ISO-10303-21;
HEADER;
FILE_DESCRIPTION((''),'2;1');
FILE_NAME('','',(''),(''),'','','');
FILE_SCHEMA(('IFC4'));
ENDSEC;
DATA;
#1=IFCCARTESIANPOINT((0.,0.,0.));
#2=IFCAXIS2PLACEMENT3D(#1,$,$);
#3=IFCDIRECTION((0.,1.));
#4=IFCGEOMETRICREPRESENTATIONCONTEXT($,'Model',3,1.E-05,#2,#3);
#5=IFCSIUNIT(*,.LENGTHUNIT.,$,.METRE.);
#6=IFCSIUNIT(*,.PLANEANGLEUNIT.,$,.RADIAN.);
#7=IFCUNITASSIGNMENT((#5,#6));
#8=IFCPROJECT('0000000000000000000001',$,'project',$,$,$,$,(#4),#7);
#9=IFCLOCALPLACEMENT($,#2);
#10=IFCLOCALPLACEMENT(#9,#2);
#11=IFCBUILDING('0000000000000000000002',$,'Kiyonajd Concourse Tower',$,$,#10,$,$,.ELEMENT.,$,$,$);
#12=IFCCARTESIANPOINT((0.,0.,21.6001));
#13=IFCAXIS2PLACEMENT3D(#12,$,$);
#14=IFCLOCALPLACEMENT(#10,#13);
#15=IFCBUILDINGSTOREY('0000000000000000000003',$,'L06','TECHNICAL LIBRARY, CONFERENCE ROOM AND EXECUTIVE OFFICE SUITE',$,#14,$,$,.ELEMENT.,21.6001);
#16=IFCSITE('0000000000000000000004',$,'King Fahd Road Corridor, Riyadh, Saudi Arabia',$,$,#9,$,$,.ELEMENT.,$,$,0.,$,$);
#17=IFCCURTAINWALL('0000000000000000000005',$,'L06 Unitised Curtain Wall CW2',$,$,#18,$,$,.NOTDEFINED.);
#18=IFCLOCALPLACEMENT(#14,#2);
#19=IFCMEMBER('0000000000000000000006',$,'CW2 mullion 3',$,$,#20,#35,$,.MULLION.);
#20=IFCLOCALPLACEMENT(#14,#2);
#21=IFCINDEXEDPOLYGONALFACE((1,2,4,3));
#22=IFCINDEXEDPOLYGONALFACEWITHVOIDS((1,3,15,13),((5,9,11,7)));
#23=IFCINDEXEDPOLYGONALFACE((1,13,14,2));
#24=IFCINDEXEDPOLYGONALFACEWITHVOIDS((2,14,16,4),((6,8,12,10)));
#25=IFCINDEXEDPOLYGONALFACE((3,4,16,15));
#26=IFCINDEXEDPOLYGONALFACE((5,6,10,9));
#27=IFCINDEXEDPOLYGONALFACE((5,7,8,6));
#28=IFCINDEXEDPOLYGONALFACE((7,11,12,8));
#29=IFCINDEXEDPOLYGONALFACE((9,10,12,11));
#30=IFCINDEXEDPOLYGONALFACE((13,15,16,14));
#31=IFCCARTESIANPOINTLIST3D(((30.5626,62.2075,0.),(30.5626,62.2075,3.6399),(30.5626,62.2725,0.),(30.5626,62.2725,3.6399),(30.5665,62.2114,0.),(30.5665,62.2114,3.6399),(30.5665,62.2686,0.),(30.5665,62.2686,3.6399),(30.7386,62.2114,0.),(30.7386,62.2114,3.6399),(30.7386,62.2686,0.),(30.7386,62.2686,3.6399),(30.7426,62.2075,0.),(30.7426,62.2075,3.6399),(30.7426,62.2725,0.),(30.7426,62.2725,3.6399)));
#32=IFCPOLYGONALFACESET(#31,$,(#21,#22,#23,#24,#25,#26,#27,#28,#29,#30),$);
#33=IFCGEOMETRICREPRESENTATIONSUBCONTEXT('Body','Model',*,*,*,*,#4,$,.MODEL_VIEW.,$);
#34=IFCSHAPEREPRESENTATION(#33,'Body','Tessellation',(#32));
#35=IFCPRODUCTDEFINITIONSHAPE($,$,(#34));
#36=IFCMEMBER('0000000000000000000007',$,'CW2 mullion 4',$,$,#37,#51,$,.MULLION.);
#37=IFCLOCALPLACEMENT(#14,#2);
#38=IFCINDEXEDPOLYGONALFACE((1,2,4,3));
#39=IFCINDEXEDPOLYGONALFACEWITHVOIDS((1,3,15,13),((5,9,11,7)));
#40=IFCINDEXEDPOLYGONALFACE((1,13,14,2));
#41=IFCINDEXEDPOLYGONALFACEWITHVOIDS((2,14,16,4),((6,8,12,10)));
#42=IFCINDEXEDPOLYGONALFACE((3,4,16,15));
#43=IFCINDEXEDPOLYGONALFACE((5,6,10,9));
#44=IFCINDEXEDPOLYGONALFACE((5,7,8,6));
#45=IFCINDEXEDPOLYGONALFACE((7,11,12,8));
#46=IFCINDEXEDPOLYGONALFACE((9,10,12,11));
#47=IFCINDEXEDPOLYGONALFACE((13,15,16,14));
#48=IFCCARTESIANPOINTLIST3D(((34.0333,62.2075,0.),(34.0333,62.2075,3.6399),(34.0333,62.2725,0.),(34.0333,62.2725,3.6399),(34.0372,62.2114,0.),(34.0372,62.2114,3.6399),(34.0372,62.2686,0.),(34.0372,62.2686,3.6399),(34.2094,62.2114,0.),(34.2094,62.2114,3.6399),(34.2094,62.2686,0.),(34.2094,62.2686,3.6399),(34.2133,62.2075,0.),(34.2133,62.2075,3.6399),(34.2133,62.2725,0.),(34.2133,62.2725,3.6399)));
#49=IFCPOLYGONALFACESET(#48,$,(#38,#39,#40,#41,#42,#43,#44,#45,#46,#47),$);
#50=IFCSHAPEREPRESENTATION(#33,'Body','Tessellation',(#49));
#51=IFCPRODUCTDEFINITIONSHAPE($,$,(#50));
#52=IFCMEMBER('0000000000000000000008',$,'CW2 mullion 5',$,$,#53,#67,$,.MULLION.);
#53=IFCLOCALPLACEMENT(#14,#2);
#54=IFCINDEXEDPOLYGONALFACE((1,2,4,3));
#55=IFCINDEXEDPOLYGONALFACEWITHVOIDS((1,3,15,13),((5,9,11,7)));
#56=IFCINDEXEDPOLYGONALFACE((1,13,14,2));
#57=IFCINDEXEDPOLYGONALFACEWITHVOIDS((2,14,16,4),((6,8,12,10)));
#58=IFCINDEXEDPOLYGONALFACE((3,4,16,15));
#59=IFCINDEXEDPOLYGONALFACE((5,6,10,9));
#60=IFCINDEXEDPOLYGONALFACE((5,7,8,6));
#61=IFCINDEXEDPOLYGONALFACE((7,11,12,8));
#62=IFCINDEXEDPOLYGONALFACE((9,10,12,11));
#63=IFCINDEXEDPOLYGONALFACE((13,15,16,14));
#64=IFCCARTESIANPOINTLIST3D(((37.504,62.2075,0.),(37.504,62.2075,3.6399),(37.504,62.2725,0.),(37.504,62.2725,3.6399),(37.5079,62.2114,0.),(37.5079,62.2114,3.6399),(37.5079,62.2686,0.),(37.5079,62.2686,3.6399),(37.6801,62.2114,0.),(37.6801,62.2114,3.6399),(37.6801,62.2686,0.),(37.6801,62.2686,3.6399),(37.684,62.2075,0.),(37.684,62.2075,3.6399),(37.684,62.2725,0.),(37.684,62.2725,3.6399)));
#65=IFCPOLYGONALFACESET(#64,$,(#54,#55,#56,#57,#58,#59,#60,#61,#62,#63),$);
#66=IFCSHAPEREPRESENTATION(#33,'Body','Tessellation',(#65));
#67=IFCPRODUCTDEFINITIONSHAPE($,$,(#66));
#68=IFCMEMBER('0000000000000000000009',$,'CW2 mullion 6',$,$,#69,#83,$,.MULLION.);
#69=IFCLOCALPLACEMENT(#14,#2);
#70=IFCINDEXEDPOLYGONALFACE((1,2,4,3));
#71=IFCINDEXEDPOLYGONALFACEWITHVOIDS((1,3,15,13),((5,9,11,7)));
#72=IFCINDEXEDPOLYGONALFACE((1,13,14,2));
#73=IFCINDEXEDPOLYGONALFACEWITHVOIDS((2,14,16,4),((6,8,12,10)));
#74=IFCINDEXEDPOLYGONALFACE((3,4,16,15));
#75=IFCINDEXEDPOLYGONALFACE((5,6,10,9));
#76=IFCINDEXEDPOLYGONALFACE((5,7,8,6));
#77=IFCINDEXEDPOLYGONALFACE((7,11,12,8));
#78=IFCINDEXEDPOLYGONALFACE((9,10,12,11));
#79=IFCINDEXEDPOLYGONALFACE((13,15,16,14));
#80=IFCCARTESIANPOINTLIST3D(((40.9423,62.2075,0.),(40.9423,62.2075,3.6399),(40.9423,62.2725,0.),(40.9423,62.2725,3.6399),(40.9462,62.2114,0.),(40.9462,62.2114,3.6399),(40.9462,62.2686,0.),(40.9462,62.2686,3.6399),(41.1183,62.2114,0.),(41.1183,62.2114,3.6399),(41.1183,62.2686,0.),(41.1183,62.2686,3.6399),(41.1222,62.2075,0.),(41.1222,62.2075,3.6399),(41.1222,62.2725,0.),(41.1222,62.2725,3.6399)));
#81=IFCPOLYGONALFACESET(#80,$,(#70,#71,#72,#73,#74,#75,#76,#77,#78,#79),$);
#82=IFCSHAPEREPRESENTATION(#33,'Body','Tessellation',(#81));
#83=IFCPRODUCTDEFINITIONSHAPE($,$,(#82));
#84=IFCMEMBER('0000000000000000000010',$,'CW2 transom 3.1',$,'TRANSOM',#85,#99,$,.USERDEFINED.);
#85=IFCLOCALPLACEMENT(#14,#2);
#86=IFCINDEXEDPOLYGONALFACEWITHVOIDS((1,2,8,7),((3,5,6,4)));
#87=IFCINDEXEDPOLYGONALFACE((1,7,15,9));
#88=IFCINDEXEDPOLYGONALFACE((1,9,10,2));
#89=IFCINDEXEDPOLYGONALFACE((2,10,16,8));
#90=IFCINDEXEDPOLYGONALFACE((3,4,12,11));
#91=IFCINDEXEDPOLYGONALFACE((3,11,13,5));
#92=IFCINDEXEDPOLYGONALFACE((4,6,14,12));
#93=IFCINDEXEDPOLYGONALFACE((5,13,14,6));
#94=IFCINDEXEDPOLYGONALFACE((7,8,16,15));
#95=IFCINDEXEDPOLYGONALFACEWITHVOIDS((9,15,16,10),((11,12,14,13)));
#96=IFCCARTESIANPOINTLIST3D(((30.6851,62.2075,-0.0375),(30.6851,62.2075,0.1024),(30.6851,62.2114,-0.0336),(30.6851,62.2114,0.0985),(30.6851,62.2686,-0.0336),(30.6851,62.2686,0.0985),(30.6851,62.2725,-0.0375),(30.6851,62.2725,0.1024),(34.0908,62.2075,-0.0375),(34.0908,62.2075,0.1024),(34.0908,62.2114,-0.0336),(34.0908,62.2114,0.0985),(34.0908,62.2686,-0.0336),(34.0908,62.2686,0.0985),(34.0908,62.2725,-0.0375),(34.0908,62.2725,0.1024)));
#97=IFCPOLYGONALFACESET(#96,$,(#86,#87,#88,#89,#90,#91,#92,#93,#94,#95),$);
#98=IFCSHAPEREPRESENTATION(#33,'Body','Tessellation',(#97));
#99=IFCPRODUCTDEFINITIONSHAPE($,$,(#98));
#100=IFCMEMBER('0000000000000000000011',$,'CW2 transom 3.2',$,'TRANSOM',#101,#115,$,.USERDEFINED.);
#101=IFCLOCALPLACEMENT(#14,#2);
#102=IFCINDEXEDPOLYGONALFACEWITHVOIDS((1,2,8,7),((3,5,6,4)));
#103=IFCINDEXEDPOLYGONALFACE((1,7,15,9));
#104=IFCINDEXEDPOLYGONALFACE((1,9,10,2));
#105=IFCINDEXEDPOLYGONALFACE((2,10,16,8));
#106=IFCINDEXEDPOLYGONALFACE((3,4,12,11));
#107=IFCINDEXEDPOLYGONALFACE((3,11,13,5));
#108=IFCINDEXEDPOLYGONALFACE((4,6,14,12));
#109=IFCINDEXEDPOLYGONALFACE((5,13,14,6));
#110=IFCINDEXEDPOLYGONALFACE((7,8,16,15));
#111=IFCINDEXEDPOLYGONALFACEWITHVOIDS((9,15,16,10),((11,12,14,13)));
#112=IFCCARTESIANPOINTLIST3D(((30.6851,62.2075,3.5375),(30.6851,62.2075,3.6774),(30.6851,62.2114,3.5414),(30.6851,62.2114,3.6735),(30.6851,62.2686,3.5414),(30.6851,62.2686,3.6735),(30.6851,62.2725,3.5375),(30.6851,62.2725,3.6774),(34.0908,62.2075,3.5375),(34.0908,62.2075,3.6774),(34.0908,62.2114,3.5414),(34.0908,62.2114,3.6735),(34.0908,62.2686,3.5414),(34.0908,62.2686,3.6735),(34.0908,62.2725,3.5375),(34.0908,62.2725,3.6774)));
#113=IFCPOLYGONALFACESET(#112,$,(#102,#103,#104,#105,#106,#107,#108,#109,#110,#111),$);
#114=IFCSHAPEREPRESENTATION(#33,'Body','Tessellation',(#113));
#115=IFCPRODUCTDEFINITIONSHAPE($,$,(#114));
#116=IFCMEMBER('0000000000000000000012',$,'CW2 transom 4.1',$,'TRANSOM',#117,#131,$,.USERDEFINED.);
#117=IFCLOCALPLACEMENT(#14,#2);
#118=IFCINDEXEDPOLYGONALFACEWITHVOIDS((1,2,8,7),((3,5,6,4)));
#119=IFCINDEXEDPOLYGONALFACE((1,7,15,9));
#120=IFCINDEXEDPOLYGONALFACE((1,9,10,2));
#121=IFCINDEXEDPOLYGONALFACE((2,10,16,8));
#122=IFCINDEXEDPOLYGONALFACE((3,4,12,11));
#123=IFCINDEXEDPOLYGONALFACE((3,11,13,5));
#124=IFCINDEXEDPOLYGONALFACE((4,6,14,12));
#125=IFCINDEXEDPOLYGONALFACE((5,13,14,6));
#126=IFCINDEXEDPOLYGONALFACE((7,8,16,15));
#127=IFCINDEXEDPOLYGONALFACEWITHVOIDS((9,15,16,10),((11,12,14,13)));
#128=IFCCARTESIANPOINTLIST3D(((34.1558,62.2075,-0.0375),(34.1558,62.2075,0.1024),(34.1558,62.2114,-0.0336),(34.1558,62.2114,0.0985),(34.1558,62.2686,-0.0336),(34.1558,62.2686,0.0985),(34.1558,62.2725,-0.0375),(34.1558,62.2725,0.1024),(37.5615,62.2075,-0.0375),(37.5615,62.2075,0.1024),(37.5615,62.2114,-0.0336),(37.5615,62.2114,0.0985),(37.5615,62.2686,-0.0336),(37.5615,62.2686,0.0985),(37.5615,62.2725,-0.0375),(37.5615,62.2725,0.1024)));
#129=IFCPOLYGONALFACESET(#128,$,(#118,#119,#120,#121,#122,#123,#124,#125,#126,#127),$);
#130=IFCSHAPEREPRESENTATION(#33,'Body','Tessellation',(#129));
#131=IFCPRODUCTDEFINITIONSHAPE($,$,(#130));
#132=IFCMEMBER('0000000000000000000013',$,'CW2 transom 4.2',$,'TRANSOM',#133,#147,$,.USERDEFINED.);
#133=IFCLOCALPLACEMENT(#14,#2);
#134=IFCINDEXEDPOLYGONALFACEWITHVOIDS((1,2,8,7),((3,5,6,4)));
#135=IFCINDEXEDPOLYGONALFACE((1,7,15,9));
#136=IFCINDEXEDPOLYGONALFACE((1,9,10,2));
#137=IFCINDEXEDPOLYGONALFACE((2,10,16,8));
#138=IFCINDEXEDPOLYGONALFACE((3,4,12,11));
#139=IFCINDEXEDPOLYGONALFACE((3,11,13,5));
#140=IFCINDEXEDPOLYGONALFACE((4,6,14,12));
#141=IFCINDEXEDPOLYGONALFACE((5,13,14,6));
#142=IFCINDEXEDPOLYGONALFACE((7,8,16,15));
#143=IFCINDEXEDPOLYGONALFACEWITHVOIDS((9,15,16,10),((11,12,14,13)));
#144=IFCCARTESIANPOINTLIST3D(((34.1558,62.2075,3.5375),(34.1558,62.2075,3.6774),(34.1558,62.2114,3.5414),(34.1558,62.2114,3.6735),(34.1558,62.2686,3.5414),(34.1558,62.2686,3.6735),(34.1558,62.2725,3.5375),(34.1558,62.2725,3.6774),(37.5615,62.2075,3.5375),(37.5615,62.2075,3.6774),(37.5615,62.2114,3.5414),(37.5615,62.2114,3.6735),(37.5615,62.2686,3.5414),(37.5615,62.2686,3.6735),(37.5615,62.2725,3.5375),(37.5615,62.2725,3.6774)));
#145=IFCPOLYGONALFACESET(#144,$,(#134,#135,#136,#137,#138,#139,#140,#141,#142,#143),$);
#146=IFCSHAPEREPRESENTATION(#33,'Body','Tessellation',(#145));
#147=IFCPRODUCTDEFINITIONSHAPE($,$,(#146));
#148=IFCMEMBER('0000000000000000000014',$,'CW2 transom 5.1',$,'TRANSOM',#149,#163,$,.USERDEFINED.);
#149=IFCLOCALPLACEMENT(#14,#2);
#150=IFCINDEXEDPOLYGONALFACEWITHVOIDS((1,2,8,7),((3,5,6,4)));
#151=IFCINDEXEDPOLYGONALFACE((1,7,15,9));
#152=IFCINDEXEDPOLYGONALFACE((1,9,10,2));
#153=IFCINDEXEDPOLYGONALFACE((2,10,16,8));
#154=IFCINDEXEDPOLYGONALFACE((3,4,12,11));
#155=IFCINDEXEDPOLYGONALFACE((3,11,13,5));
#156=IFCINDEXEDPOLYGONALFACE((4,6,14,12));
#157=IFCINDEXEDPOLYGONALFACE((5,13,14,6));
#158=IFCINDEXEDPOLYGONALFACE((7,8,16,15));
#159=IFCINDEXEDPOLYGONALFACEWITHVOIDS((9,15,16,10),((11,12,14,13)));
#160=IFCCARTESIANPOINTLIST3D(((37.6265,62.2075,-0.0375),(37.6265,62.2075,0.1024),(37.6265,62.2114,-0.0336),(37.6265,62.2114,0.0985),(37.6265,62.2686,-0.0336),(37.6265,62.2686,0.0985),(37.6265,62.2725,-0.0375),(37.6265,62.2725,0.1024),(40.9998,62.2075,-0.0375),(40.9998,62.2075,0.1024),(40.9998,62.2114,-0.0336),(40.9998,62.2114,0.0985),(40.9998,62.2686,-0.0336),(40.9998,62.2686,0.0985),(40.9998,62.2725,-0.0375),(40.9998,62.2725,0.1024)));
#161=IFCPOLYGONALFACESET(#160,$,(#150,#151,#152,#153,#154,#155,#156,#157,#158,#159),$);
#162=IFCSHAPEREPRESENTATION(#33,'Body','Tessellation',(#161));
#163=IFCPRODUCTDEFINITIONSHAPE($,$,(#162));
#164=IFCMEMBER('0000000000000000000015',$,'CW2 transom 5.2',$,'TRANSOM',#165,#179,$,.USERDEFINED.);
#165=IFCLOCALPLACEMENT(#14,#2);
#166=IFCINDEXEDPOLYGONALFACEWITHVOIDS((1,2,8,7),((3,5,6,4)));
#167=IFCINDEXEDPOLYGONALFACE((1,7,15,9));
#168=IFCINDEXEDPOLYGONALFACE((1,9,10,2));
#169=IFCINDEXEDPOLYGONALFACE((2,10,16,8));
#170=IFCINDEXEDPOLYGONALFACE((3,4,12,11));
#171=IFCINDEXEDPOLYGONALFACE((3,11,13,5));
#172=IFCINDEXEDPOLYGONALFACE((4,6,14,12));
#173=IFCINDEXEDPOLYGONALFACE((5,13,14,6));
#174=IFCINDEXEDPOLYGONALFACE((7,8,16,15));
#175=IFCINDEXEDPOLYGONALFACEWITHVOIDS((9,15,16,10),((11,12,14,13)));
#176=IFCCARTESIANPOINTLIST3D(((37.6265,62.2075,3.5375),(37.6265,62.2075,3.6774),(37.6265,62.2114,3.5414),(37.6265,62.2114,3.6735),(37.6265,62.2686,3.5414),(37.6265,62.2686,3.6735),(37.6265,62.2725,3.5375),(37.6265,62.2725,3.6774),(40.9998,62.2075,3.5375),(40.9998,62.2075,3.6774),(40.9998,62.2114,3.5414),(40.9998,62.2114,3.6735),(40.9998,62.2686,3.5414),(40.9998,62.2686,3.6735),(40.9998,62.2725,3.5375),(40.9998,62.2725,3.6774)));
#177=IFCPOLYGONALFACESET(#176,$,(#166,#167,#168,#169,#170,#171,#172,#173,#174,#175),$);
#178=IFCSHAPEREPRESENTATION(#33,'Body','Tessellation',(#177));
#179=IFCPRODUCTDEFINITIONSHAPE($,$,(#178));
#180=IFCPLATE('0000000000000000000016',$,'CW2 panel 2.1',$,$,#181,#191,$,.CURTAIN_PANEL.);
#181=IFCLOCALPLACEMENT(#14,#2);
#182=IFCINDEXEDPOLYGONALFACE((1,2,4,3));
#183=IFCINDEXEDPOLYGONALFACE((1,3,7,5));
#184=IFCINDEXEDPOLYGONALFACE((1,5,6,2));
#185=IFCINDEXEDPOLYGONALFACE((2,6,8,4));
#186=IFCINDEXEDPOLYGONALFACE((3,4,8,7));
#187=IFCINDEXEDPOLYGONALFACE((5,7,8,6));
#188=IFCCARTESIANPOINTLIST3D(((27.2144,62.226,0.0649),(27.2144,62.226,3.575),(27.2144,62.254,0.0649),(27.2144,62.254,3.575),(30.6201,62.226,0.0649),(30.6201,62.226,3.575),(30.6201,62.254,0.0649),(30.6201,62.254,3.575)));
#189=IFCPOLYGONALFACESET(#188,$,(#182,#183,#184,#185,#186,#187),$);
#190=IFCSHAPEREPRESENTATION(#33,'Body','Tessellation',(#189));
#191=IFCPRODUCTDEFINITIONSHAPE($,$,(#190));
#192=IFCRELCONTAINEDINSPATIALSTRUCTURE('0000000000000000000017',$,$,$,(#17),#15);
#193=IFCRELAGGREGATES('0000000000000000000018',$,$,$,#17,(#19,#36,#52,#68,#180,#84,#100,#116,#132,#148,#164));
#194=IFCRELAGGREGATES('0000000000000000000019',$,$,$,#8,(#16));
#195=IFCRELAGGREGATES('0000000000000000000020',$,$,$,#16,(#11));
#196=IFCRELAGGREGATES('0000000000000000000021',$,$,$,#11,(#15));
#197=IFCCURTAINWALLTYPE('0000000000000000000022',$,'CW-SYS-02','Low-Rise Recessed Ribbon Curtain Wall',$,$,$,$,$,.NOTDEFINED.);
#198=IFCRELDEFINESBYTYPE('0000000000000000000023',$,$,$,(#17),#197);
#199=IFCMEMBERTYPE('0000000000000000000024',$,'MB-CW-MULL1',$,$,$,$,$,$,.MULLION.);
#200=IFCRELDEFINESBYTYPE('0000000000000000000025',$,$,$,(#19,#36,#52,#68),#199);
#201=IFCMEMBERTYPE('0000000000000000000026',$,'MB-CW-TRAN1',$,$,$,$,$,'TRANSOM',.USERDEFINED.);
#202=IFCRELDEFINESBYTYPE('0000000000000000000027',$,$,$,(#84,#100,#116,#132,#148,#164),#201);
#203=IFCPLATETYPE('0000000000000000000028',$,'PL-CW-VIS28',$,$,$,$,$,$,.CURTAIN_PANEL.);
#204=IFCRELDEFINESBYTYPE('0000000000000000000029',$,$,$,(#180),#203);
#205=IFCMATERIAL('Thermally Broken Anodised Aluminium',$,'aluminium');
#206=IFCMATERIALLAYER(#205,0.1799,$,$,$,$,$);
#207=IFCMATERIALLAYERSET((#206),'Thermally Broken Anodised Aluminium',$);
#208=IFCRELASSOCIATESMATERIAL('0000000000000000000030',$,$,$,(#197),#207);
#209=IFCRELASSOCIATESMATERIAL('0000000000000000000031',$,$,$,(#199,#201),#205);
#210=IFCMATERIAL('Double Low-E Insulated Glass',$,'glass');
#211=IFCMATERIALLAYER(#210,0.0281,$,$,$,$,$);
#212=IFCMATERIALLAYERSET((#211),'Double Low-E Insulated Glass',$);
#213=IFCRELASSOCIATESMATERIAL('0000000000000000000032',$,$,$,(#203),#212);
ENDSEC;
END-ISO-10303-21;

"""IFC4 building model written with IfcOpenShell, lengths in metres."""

from ifc_helpers import new_model, si_unit, direction, frame, origin, origin_2d, place, context, subcontext, project, spatial, rectangle, hollow_rectangle, extrude, material, layer, layer_set, material_profile, profile_set, type_object, element, aggregate, save


model = new_model("IFC4")

# Units and contexts
model_context = context("Model", 3, precision=1e-05, world=origin(), true_north=direction((0.0, 1.0)))
body_context = subcontext(model_context, "Body", "Model", "MODEL_VIEW")
ifc_project = project(units=[si_unit("LENGTHUNIT", "METRE"), si_unit("PLANEANGLEUNIT", "RADIAN")], contexts=[model_context])

# Site, building, storey
site_placement = place(None, origin())
site = spatial("IfcSite", under=ifc_project, at=site_placement, Name="King Fahd Road Corridor, Riyadh, Saudi Arabia", CompositionType="ELEMENT", RefElevation=0.0)
building_placement = place(site_placement, origin())
building = spatial("IfcBuilding", under=site, at=building_placement, Name="Kiyonajd Concourse Tower", CompositionType="ELEMENT")
storey_placement = place(building_placement, frame((0.0, 0.0, 21.6001)))
storey = spatial("IfcBuildingStorey", under=building, at=storey_placement, Name="L06", Description="TECHNICAL LIBRARY, CONFERENCE ROOM AND EXECUTIVE OFFICE SUITE", CompositionType="ELEMENT", Elevation=21.6001)

# Curtain wall, members, plate
ifc_material_1 = material(Name="Thermally Broken Anodised Aluminium", Category="aluminium")
ifc_layer_1 = layer(ifc_material_1, 0.1799)
ifc_layer_set_1 = layer_set([ifc_layer_1], Name="Thermally Broken Anodised Aluminium")
curtain_wall_type = type_object("IfcCurtainWallType", Name="CW-SYS-02", Description="Low-Rise Recessed Ribbon Curtain Wall", PredefinedType="NOTDEFINED", material=ifc_layer_set_1)
curtain_wall_placement = place(storey_placement, origin())
curtain_wall = element("IfcCurtainWall", 1, at=curtain_wall_placement, inside=storey, type_object=curtain_wall_type, Name="L06 Unitised Curtain Wall CW2", PredefinedType="NOTDEFINED")
ifc_material_profile_1 = material_profile(ifc_material_1, hollow_rectangle(XDim=0.0649, YDim=0.1799, WallThickness=0.0039, at=origin_2d()), Name="MULL-65x180")
ifc_profile_set_1 = profile_set([ifc_material_profile_1], Name="Thermally Broken Anodised Aluminium")
member_type_1 = type_object("IfcMemberType", Name="MB-CW-MULL1", PredefinedType="MULLION", material=ifc_profile_set_1)
member_1_placement = place(storey_placement, frame((30.6526, 62.24, 0.0), z_axis=(0.0, 0.0, 1.0), x_axis=(0.0, 1.0, 0.0)))
member_1 = element("IfcMember", 2, at=member_1_placement, type_object=member_type_1, Name="CW2 mullion 3", PredefinedType="MULLION", context=body_context, shape_type="SweptSolid", body=[
    extrude(hollow_rectangle(XDim=0.0649, YDim=0.1799, WallThickness=0.0039, at=origin_2d()), origin(), (0.0, 0.0, 1.0), 3.6399),
])
member_2_placement = place(storey_placement, frame((34.1233, 62.24, 0.0), z_axis=(0.0, 0.0, 1.0), x_axis=(0.0, 1.0, 0.0)))
member_2 = element("IfcMember", 3, at=member_2_placement, type_object=member_type_1, Name="CW2 mullion 4", PredefinedType="MULLION", context=body_context, shape_type="SweptSolid", body=[
    extrude(hollow_rectangle(XDim=0.0649, YDim=0.1799, WallThickness=0.0039, at=origin_2d()), origin(), (0.0, 0.0, 1.0), 3.6399),
])
member_3_placement = place(storey_placement, frame((37.594, 62.24, 0.0), z_axis=(0.0, 0.0, 1.0), x_axis=(0.0, 1.0, 0.0)))
member_3 = element("IfcMember", 4, at=member_3_placement, type_object=member_type_1, Name="CW2 mullion 5", PredefinedType="MULLION", context=body_context, shape_type="SweptSolid", body=[
    extrude(hollow_rectangle(XDim=0.0649, YDim=0.1799, WallThickness=0.0039, at=origin_2d()), origin(), (0.0, 0.0, 1.0), 3.6399),
])
member_4_placement = place(storey_placement, frame((41.0322, 62.24, 0.0), z_axis=(0.0, 0.0, 1.0), x_axis=(0.0, 1.0, 0.0)))
member_4 = element("IfcMember", 5, at=member_4_placement, type_object=member_type_1, Name="CW2 mullion 6", PredefinedType="MULLION", context=body_context, shape_type="SweptSolid", body=[
    extrude(hollow_rectangle(XDim=0.0649, YDim=0.1799, WallThickness=0.0039, at=origin_2d()), origin(), (0.0, 0.0, 1.0), 3.6399),
])
ifc_material_profile_2 = material_profile(ifc_material_1, hollow_rectangle(XDim=0.0649, YDim=0.1399, WallThickness=0.0039, at=origin_2d()), Name="TRAN-65x140")
ifc_profile_set_2 = profile_set([ifc_material_profile_2], Name="Thermally Broken Anodised Aluminium")
member_type_2 = type_object("IfcMemberType", Name="MB-CW-TRAN1", ElementType="TRANSOM", PredefinedType="USERDEFINED", material=ifc_profile_set_2)
member_5_placement = place(storey_placement, frame((30.6851, 62.24, 0.0325), z_axis=(1.0, 0.0, 0.0), x_axis=(0.0, 1.0, 0.0)))
member_5 = element("IfcMember", 6, at=member_5_placement, type_object=member_type_2, Name="CW2 transom 3.1", ObjectType="TRANSOM", PredefinedType="USERDEFINED", context=body_context, shape_type="SweptSolid", body=[
    extrude(hollow_rectangle(XDim=0.0649, YDim=0.1399, WallThickness=0.0039, at=origin_2d()), origin(), (0.0, 0.0, 1.0), 3.4058),
])
member_6_placement = place(storey_placement, frame((30.6851, 62.24, 3.6074), z_axis=(1.0, 0.0, 0.0), x_axis=(0.0, 1.0, 0.0)))
member_6 = element("IfcMember", 7, at=member_6_placement, type_object=member_type_2, Name="CW2 transom 3.2", ObjectType="TRANSOM", PredefinedType="USERDEFINED", context=body_context, shape_type="SweptSolid", body=[
    extrude(hollow_rectangle(XDim=0.0649, YDim=0.1399, WallThickness=0.0039, at=origin_2d()), origin(), (0.0, 0.0, 1.0), 3.4058),
])
member_7_placement = place(storey_placement, frame((34.1558, 62.24, 0.0325), z_axis=(1.0, 0.0, 0.0), x_axis=(0.0, 1.0, 0.0)))
member_7 = element("IfcMember", 8, at=member_7_placement, type_object=member_type_2, Name="CW2 transom 4.1", ObjectType="TRANSOM", PredefinedType="USERDEFINED", context=body_context, shape_type="SweptSolid", body=[
    extrude(hollow_rectangle(XDim=0.0649, YDim=0.1399, WallThickness=0.0039, at=origin_2d()), origin(), (0.0, 0.0, 1.0), 3.4058),
])
member_8_placement = place(storey_placement, frame((34.1558, 62.24, 3.6074), z_axis=(1.0, 0.0, 0.0), x_axis=(0.0, 1.0, 0.0)))
member_8 = element("IfcMember", 9, at=member_8_placement, type_object=member_type_2, Name="CW2 transom 4.2", ObjectType="TRANSOM", PredefinedType="USERDEFINED", context=body_context, shape_type="SweptSolid", body=[
    extrude(hollow_rectangle(XDim=0.0649, YDim=0.1399, WallThickness=0.0039, at=origin_2d()), origin(), (0.0, 0.0, 1.0), 3.4058),
])
member_9_placement = place(storey_placement, frame((37.6265, 62.24, 0.0325), z_axis=(1.0, 0.0, 0.0), x_axis=(0.0, 1.0, 0.0)))
member_9 = element("IfcMember", 10, at=member_9_placement, type_object=member_type_2, Name="CW2 transom 5.1", ObjectType="TRANSOM", PredefinedType="USERDEFINED", context=body_context, shape_type="SweptSolid", body=[
    extrude(hollow_rectangle(XDim=0.0649, YDim=0.1399, WallThickness=0.0039, at=origin_2d()), origin(), (0.0, 0.0, 1.0), 3.3733),
])
member_10_placement = place(storey_placement, frame((37.6265, 62.24, 3.6074), z_axis=(1.0, 0.0, 0.0), x_axis=(0.0, 1.0, 0.0)))
member_10 = element("IfcMember", 11, at=member_10_placement, type_object=member_type_2, Name="CW2 transom 5.2", ObjectType="TRANSOM", PredefinedType="USERDEFINED", context=body_context, shape_type="SweptSolid", body=[
    extrude(hollow_rectangle(XDim=0.0649, YDim=0.1399, WallThickness=0.0039, at=origin_2d()), origin(), (0.0, 0.0, 1.0), 3.3733),
])
ifc_material_2 = material(Name="Double Low-E Insulated Glass", Category="glass")
ifc_layer_2 = layer(ifc_material_2, 0.0281)
ifc_layer_set_2 = layer_set([ifc_layer_2], Name="Double Low-E Insulated Glass")
plate_type_1 = type_object("IfcPlateType", Name="PL-CW-VIS28", PredefinedType="CURTAIN_PANEL", material=ifc_layer_set_2)
plate_1_placement = place(storey_placement, frame((28.9172, 62.24, 0.0649), z_axis=(0.0, 0.0, 1.0), x_axis=(1.0, 0.0, 0.0)))
plate_1 = element("IfcPlate", 12, at=plate_1_placement, type_object=plate_type_1, Name="CW2 panel 2.1", PredefinedType="CURTAIN_PANEL", context=body_context, shape_type="SweptSolid", body=[
    extrude(rectangle(XDim=3.4058, YDim=0.0281, at=origin_2d()), origin(), (0.0, 0.0, 1.0), 3.51),
])
aggregate(curtain_wall, [member_1, member_2, member_3, member_4, plate_1, member_5, member_6, member_7, member_8, member_9, member_10])

save(model, "model.ifc")
